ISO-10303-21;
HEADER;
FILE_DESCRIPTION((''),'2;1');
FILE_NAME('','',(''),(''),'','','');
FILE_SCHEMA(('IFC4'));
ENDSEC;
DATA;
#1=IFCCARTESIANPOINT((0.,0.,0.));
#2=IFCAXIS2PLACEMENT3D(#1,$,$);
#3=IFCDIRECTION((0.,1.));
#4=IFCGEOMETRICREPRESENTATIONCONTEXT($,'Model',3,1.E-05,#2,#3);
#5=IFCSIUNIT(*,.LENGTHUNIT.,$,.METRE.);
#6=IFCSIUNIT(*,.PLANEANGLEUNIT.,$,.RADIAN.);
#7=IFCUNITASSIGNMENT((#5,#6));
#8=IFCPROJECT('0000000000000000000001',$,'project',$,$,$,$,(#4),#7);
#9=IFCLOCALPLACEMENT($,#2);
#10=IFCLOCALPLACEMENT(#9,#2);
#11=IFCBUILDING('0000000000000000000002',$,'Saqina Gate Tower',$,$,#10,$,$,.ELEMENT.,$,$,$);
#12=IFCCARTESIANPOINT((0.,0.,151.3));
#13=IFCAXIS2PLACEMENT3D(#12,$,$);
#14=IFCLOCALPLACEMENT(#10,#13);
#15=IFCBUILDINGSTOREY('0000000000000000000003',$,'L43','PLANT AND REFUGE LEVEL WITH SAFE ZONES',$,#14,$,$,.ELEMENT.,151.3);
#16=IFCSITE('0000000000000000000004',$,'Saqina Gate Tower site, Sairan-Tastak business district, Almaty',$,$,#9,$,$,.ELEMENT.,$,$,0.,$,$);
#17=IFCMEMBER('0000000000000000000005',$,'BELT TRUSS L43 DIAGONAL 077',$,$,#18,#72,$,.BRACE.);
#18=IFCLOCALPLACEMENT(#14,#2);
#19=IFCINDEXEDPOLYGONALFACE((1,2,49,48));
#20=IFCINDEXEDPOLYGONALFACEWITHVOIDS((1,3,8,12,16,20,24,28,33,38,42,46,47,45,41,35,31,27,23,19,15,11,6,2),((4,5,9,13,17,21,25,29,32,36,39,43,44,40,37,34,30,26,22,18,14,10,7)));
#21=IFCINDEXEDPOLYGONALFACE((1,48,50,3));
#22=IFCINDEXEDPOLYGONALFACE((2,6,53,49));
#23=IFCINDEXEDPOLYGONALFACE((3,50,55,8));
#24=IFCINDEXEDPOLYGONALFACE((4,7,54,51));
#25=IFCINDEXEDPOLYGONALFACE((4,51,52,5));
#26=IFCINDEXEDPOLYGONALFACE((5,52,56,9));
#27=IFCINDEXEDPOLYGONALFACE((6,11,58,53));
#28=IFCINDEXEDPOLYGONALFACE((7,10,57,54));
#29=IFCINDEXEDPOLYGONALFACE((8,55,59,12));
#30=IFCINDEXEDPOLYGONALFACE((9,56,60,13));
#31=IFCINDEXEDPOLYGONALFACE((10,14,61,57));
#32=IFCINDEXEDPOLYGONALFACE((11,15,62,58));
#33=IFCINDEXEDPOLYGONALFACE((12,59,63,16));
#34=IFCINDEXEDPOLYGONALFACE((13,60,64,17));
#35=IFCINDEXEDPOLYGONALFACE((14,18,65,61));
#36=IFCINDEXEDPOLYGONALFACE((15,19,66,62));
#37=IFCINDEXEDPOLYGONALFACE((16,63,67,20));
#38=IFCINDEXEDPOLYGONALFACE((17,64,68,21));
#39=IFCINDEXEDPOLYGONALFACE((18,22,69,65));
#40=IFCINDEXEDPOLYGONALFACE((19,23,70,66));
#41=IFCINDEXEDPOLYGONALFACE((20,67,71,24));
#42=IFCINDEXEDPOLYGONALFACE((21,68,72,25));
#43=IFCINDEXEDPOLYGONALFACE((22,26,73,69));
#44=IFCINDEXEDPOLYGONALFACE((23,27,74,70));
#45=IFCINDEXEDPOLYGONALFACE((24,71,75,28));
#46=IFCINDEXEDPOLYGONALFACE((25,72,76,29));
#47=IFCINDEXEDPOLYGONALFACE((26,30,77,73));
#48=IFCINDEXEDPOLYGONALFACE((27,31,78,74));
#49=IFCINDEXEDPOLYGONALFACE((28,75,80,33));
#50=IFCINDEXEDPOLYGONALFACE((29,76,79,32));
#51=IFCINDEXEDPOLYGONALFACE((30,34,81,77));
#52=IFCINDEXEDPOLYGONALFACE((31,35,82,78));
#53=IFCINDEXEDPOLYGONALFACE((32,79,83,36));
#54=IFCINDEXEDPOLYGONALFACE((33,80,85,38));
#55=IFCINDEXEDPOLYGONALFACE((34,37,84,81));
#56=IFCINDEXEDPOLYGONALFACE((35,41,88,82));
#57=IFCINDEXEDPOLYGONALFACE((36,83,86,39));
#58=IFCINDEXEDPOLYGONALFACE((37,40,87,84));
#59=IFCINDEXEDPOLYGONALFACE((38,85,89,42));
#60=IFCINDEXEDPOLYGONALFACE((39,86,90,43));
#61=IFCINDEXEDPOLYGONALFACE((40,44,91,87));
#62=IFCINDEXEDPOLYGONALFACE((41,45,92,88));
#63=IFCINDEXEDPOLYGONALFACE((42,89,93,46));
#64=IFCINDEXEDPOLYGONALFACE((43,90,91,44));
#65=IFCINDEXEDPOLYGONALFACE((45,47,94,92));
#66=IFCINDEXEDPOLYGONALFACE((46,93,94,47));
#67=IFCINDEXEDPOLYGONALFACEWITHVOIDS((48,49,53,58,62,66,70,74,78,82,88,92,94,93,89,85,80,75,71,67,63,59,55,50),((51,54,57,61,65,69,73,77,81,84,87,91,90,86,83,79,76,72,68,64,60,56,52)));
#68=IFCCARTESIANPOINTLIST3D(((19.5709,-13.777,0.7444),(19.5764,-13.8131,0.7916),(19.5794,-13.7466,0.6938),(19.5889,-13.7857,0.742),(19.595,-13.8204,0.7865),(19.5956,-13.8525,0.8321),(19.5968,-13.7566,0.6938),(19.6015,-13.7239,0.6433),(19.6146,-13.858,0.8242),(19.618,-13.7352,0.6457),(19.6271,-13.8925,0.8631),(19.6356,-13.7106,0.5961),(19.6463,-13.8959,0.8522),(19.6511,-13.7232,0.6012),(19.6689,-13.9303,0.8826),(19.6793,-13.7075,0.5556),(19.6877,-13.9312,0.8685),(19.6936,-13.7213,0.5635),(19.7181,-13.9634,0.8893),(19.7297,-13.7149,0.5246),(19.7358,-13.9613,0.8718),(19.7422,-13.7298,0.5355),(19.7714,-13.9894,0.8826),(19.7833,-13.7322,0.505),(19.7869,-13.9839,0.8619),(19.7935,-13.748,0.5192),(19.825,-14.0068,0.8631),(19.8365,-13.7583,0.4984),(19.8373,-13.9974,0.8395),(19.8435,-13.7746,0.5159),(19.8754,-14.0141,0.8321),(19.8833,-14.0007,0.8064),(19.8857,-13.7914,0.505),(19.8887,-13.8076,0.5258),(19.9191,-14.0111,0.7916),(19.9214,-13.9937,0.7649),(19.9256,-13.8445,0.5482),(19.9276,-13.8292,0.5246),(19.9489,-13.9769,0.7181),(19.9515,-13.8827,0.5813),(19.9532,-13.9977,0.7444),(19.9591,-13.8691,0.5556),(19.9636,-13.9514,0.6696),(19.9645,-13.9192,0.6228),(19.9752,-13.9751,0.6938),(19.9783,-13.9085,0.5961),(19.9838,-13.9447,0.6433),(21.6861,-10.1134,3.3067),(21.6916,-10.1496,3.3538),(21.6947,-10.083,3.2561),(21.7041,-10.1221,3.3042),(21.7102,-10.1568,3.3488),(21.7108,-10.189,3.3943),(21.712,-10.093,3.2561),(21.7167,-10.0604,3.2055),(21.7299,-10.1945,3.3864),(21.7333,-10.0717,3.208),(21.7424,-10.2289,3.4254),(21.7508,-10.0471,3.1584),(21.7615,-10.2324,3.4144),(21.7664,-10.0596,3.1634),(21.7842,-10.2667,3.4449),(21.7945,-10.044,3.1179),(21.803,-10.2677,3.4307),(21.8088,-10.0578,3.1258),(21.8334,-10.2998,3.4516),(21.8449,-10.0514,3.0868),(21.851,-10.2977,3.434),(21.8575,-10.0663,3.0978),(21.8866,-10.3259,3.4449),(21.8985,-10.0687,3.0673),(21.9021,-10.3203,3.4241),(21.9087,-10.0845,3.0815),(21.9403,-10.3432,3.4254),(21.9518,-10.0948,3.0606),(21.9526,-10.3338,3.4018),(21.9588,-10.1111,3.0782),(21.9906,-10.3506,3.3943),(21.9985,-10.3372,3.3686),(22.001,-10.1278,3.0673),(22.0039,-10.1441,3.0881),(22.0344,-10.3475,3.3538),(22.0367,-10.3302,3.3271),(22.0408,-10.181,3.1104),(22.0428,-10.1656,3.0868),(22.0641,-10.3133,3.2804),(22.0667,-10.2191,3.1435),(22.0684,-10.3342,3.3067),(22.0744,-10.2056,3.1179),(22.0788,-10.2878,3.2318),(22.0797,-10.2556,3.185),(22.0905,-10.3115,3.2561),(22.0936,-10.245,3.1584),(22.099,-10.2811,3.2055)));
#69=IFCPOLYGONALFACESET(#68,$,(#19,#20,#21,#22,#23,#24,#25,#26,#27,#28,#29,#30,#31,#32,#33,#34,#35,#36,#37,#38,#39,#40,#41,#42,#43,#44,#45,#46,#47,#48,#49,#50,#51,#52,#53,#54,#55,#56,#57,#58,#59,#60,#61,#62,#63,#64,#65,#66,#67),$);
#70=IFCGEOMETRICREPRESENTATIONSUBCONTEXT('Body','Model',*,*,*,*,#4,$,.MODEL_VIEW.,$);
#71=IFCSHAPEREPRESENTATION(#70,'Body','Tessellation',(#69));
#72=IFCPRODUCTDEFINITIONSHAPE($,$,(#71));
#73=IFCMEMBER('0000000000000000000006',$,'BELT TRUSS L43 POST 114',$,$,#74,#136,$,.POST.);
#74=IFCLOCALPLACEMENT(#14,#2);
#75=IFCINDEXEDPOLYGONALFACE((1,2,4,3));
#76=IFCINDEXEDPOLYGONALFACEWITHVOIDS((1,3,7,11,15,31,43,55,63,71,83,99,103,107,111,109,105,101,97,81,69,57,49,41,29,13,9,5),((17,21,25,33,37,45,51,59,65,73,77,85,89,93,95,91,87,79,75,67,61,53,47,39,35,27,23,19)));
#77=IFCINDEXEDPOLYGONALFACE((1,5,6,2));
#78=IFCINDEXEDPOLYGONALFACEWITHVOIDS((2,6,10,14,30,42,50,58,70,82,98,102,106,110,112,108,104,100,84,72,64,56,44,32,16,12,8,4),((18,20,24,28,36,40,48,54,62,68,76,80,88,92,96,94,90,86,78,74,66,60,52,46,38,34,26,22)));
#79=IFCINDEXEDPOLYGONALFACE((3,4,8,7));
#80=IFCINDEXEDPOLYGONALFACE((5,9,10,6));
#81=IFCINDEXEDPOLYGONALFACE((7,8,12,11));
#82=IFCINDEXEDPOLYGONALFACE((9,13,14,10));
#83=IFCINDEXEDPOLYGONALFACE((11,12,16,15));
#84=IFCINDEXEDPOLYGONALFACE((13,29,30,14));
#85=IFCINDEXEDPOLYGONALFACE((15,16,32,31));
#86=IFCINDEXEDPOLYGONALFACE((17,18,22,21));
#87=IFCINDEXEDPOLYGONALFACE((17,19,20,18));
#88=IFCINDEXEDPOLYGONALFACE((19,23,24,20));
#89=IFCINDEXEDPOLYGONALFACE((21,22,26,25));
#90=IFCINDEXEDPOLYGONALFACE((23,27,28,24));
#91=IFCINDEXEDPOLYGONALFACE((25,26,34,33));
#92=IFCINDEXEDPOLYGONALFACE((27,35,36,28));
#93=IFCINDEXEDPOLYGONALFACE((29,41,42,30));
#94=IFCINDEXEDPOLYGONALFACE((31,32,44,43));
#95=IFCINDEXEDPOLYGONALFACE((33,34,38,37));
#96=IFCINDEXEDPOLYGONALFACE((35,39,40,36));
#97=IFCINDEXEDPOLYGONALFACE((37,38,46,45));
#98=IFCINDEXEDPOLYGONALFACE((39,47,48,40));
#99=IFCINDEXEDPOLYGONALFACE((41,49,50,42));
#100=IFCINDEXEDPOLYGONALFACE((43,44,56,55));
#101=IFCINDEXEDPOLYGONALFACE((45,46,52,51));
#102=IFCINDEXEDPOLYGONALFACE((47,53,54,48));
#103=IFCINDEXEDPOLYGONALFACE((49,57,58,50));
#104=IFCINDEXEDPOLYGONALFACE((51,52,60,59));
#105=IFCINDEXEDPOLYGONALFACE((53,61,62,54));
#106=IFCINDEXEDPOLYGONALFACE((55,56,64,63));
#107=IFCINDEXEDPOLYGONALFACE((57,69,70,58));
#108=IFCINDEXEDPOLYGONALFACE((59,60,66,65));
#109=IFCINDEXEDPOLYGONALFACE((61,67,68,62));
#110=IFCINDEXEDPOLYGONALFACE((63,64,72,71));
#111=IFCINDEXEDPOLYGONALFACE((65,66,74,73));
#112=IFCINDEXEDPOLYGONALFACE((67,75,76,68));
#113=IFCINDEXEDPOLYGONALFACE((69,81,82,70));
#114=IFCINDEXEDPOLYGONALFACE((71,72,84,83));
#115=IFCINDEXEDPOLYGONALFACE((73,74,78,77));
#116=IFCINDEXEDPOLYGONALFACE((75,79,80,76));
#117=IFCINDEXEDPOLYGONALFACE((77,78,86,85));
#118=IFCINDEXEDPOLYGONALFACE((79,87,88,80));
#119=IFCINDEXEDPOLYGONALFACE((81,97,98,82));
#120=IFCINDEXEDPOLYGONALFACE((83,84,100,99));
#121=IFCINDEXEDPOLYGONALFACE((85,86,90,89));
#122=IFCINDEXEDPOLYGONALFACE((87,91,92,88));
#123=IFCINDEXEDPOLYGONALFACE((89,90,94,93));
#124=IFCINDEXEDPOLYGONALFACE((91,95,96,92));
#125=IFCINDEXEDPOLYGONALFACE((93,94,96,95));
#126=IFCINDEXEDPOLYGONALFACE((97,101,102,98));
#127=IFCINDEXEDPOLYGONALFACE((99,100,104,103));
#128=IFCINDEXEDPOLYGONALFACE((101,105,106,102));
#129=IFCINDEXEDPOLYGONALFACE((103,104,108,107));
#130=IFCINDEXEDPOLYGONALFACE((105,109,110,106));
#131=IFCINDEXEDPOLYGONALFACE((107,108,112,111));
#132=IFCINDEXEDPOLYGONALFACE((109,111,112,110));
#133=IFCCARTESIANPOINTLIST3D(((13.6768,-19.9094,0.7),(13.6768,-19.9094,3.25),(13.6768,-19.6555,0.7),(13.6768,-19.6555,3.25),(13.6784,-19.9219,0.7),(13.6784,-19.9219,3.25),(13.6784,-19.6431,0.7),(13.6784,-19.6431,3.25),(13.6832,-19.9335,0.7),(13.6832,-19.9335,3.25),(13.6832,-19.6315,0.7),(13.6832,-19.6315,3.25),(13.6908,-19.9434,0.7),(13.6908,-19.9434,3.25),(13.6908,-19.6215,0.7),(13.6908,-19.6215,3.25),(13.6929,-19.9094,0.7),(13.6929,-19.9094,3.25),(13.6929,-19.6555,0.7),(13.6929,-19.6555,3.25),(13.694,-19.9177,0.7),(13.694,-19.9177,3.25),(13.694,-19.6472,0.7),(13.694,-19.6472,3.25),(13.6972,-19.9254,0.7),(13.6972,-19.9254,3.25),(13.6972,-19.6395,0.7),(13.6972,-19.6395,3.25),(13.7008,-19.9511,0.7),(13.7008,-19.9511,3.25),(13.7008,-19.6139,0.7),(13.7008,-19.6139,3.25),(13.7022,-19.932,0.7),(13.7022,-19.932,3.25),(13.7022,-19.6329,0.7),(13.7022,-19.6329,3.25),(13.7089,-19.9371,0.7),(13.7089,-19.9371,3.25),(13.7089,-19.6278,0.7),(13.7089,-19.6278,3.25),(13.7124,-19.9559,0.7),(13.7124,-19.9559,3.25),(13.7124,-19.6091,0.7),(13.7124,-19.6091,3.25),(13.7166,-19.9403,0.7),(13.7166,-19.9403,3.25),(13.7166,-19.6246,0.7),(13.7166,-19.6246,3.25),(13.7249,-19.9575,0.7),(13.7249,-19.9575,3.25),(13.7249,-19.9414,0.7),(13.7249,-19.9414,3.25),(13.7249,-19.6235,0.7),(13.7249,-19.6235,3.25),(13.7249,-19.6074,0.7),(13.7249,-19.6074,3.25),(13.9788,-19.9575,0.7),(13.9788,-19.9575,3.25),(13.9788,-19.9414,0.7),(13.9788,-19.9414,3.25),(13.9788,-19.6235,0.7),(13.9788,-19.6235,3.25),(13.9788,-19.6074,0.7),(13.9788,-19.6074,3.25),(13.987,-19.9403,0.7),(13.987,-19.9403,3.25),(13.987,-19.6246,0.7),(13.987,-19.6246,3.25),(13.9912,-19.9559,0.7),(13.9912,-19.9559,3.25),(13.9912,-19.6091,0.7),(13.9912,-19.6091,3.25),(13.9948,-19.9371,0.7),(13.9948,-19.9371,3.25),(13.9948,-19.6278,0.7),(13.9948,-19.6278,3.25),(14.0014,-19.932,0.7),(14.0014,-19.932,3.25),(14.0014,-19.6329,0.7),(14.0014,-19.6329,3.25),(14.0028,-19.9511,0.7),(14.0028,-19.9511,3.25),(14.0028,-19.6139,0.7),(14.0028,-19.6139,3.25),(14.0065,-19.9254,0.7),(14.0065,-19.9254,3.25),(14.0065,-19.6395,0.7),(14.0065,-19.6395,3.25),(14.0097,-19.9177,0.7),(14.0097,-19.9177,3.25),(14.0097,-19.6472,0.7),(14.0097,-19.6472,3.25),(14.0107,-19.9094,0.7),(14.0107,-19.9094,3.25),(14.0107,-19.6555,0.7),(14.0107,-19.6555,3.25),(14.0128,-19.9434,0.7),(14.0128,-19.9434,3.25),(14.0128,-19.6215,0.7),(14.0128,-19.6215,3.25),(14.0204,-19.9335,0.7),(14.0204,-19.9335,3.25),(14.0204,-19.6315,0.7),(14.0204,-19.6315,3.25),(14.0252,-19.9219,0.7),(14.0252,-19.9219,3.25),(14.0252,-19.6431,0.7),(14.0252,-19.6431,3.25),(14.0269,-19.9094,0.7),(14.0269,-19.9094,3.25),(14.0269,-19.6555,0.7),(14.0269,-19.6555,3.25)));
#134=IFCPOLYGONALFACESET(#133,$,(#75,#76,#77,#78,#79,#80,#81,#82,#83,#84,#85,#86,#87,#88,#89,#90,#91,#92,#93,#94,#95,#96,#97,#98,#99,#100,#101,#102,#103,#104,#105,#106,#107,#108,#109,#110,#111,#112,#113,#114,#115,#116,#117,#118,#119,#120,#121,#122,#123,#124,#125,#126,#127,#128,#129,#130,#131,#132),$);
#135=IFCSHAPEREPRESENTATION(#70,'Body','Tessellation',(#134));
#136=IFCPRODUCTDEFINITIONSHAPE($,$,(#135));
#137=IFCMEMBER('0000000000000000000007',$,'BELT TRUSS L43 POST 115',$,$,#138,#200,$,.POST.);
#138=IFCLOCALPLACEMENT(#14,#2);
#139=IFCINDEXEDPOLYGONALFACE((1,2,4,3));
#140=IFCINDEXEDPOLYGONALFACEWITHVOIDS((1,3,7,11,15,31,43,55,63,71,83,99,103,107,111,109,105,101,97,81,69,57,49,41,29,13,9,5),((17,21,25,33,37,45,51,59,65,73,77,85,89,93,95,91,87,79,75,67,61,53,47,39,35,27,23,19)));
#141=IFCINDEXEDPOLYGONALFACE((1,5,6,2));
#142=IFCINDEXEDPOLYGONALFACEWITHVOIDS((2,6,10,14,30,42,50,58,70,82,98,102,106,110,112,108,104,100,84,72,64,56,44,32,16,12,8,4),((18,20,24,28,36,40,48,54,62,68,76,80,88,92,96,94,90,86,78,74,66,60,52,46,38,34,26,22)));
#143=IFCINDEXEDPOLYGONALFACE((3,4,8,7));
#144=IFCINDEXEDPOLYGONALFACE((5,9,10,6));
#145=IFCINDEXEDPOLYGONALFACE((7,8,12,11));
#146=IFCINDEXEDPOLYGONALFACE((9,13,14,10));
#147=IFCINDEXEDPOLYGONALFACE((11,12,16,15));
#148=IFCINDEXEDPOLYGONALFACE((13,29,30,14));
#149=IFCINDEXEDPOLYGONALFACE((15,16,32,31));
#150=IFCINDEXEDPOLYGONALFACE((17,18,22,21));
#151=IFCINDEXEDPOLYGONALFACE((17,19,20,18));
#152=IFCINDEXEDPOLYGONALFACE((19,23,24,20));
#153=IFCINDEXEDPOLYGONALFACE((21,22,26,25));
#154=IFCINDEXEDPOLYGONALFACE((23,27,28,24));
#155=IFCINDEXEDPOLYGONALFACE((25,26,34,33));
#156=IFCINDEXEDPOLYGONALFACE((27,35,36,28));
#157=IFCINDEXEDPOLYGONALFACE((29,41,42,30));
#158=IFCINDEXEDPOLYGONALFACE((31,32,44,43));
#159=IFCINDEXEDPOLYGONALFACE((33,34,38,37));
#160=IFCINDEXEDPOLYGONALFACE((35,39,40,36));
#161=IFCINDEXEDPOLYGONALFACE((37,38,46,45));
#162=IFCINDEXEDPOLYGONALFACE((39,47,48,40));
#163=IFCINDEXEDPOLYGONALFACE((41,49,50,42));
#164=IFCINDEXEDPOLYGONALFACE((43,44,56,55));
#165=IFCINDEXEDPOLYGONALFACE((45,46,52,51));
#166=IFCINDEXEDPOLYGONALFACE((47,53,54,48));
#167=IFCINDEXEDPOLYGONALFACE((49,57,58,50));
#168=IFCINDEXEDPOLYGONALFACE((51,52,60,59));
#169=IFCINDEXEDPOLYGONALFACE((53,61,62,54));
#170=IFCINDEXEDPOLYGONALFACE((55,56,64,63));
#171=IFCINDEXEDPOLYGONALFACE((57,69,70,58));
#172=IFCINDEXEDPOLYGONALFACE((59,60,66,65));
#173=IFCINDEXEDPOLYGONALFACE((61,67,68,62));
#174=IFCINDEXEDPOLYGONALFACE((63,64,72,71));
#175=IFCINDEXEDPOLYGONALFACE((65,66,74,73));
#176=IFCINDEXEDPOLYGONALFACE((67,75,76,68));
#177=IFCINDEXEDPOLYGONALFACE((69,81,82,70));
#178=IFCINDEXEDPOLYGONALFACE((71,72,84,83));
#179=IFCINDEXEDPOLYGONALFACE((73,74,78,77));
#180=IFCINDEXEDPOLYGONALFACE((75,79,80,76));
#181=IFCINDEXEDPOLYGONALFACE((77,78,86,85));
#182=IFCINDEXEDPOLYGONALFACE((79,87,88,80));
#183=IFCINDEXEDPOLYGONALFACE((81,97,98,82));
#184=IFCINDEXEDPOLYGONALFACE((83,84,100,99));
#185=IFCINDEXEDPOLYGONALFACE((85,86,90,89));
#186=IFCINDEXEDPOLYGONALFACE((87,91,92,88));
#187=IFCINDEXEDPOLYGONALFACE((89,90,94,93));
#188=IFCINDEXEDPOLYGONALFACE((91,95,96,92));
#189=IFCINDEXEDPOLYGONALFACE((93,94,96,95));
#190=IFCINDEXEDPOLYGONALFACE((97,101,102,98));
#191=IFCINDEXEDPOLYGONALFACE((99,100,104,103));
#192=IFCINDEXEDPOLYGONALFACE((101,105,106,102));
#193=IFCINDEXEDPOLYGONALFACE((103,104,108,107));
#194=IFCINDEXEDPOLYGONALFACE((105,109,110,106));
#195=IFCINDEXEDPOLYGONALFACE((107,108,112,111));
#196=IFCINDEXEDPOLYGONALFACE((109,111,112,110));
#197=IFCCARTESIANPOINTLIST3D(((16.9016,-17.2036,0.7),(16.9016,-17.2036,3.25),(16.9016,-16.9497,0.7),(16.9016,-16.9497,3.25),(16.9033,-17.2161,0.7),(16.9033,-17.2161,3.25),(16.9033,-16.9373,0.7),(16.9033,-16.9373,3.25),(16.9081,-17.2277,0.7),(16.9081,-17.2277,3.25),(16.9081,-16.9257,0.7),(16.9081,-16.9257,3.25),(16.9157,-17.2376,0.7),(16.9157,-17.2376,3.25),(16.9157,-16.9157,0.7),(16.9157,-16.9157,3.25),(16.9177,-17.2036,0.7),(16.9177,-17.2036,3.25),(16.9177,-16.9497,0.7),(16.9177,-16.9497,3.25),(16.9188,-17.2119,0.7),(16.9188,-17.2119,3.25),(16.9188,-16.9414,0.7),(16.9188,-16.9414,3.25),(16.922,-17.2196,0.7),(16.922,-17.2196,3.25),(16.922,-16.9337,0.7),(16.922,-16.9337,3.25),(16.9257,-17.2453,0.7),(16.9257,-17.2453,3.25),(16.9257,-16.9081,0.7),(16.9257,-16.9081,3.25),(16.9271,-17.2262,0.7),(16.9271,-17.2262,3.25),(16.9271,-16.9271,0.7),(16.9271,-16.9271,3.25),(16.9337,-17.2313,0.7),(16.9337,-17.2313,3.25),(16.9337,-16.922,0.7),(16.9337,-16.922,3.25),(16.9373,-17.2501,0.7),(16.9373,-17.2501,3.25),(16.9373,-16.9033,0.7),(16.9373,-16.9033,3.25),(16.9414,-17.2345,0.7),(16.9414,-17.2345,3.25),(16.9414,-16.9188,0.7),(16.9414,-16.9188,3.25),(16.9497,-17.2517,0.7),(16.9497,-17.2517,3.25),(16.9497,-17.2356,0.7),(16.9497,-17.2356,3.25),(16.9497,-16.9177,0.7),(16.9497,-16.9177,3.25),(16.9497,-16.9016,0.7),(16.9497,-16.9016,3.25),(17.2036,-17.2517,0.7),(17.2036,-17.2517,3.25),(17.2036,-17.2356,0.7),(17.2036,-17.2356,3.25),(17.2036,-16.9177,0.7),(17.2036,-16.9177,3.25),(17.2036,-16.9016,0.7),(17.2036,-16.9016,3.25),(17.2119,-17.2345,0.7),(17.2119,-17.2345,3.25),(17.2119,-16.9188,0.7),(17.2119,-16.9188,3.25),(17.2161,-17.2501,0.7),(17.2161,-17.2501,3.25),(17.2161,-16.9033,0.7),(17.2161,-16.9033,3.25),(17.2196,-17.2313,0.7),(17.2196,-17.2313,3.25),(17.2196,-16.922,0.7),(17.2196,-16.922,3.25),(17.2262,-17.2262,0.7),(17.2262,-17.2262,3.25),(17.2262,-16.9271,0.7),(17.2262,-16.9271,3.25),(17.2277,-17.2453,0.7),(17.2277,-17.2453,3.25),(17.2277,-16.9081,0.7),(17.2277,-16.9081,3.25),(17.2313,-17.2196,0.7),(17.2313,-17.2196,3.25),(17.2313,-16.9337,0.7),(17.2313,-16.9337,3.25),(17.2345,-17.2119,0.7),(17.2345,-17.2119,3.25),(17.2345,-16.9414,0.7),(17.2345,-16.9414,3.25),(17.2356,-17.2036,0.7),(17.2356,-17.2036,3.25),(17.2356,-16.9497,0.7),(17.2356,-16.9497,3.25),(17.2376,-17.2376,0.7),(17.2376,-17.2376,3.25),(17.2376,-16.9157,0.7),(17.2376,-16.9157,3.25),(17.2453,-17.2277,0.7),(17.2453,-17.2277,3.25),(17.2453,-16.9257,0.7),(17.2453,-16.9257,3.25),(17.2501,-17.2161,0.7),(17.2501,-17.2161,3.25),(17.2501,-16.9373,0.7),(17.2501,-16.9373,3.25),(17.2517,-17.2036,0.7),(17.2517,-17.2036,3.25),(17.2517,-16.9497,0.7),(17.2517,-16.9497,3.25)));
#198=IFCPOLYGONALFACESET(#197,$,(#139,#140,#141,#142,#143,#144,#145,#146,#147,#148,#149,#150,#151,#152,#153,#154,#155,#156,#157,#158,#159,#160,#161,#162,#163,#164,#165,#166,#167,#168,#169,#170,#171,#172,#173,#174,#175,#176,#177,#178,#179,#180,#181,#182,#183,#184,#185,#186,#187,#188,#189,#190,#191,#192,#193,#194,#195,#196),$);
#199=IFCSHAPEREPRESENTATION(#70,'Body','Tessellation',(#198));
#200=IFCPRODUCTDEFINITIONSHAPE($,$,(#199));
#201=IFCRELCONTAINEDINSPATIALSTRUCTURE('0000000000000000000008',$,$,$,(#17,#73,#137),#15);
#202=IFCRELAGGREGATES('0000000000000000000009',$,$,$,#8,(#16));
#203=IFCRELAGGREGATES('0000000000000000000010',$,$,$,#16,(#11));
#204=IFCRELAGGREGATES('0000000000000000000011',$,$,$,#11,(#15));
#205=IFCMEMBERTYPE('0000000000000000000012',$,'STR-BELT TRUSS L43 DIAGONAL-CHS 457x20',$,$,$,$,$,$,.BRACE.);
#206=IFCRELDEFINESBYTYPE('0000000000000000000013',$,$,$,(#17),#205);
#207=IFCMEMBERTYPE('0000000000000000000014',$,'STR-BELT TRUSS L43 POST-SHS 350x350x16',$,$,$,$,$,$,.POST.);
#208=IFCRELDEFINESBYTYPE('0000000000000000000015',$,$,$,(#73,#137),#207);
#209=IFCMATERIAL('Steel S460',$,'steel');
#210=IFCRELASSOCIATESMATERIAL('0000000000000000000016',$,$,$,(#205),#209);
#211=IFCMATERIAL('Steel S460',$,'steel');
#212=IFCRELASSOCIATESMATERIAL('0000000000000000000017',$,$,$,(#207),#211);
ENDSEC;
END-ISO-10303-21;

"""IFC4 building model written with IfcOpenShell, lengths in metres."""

from ifc_helpers import new_model, si_unit, direction, frame, origin, origin_2d, place, context, subcontext, project, spatial, hollow_rectangle, hollow_circle, extrude, material, material_profile, profile_set, type_object, element, save


model = new_model("IFC4")

# Units and contexts
model_context = context("Model", 3, precision=1e-05, world=origin(), true_north=direction((0.0, 1.0)))
body_context = subcontext(model_context, "Body", "Model", "MODEL_VIEW")
ifc_project = project(units=[si_unit("LENGTHUNIT", "METRE"), si_unit("PLANEANGLEUNIT", "RADIAN")], contexts=[model_context])

# Site, building, storey
site_placement = place(None, origin())
site = spatial("IfcSite", under=ifc_project, at=site_placement, Name="Saqina Gate Tower site, Sairan-Tastak business district, Almaty", CompositionType="ELEMENT", RefElevation=0.0)
building_placement = place(site_placement, origin())
building = spatial("IfcBuilding", under=site, at=building_placement, Name="Saqina Gate Tower", CompositionType="ELEMENT")
storey_placement = place(building_placement, frame((0.0, 0.0, 151.3)))
storey = spatial("IfcBuildingStorey", under=building, at=storey_placement, Name="L43", Description="PLANT AND REFUGE LEVEL WITH SAFE ZONES", CompositionType="ELEMENT", Elevation=151.3)

# Members
ifc_material_1 = material(Name="Steel S460", Category="steel")
ifc_material_profile_1 = material_profile(ifc_material_1, hollow_circle(Radius=0.2285, WallThickness=0.02, at=origin_2d()), Name="CHS 457x20")
ifc_profile_set_1 = profile_set([ifc_material_profile_1], Name="Steel S460")
member_type_1 = type_object("IfcMemberType", Name="STR-BELT TRUSS L43 DIAGONAL-CHS 457x20", PredefinedType="BRACE", material=ifc_profile_set_1)
member_1_placement = place(storey_placement, frame((19.7773, -13.8608, 0.6938), z_axis=(0.427681, 0.740741, 0.518065), x_axis=(-0.866018, 0.500012, 0.0)))
element("IfcMember", 1, at=member_1_placement, inside=storey, type_object=member_type_1, Name="BELT TRUSS L43 DIAGONAL 077", PredefinedType="BRACE", context=body_context, shape_type="SweptSolid", body=[
    extrude(hollow_circle(Radius=0.2285, WallThickness=0.02, at=origin_2d()), origin(), (0.0, 0.0, 1.0), 4.9458),
])
ifc_material_2 = material(Name="Steel S460", Category="steel")
ifc_material_profile_2 = material_profile(ifc_material_2, hollow_rectangle(XDim=0.3501, YDim=0.3501, WallThickness=0.0161, InnerFilletRadius=0.032, OuterFilletRadius=0.0481, at=origin_2d()), Name="SHS 350x350x16")
ifc_profile_set_2 = profile_set([ifc_material_profile_2], Name="Steel S460")
member_type_2 = type_object("IfcMemberType", Name="STR-BELT TRUSS L43 POST-SHS 350x350x16", PredefinedType="POST", material=ifc_profile_set_2)
for number, where, z_axis, x_axis, name in (
    (2, (13.8518, -19.7825, 0.7), (0.0, 0.0, 1.0), (1.0, 0.0, 0.0), "BELT TRUSS L43 POST 114"),
    (3, (17.0767, -17.0767, 0.7), (0.0, 0.0, 1.0), (1.0, 0.0, 0.0), "BELT TRUSS L43 POST 115"),
):
    element("IfcMember", number, at=place(storey_placement, frame(where, z_axis=z_axis, x_axis=x_axis)), inside=storey, type_object=member_type_2, Name=name, PredefinedType="POST", context=body_context, shape_type="SweptSolid", body=[
        extrude(hollow_rectangle(XDim=0.3501, YDim=0.3501, WallThickness=0.0161, InnerFilletRadius=0.032, OuterFilletRadius=0.0481, at=origin_2d()), origin(), (0.0, 0.0, 1.0), 2.55),
    ])

save(model, "model.ifc")
